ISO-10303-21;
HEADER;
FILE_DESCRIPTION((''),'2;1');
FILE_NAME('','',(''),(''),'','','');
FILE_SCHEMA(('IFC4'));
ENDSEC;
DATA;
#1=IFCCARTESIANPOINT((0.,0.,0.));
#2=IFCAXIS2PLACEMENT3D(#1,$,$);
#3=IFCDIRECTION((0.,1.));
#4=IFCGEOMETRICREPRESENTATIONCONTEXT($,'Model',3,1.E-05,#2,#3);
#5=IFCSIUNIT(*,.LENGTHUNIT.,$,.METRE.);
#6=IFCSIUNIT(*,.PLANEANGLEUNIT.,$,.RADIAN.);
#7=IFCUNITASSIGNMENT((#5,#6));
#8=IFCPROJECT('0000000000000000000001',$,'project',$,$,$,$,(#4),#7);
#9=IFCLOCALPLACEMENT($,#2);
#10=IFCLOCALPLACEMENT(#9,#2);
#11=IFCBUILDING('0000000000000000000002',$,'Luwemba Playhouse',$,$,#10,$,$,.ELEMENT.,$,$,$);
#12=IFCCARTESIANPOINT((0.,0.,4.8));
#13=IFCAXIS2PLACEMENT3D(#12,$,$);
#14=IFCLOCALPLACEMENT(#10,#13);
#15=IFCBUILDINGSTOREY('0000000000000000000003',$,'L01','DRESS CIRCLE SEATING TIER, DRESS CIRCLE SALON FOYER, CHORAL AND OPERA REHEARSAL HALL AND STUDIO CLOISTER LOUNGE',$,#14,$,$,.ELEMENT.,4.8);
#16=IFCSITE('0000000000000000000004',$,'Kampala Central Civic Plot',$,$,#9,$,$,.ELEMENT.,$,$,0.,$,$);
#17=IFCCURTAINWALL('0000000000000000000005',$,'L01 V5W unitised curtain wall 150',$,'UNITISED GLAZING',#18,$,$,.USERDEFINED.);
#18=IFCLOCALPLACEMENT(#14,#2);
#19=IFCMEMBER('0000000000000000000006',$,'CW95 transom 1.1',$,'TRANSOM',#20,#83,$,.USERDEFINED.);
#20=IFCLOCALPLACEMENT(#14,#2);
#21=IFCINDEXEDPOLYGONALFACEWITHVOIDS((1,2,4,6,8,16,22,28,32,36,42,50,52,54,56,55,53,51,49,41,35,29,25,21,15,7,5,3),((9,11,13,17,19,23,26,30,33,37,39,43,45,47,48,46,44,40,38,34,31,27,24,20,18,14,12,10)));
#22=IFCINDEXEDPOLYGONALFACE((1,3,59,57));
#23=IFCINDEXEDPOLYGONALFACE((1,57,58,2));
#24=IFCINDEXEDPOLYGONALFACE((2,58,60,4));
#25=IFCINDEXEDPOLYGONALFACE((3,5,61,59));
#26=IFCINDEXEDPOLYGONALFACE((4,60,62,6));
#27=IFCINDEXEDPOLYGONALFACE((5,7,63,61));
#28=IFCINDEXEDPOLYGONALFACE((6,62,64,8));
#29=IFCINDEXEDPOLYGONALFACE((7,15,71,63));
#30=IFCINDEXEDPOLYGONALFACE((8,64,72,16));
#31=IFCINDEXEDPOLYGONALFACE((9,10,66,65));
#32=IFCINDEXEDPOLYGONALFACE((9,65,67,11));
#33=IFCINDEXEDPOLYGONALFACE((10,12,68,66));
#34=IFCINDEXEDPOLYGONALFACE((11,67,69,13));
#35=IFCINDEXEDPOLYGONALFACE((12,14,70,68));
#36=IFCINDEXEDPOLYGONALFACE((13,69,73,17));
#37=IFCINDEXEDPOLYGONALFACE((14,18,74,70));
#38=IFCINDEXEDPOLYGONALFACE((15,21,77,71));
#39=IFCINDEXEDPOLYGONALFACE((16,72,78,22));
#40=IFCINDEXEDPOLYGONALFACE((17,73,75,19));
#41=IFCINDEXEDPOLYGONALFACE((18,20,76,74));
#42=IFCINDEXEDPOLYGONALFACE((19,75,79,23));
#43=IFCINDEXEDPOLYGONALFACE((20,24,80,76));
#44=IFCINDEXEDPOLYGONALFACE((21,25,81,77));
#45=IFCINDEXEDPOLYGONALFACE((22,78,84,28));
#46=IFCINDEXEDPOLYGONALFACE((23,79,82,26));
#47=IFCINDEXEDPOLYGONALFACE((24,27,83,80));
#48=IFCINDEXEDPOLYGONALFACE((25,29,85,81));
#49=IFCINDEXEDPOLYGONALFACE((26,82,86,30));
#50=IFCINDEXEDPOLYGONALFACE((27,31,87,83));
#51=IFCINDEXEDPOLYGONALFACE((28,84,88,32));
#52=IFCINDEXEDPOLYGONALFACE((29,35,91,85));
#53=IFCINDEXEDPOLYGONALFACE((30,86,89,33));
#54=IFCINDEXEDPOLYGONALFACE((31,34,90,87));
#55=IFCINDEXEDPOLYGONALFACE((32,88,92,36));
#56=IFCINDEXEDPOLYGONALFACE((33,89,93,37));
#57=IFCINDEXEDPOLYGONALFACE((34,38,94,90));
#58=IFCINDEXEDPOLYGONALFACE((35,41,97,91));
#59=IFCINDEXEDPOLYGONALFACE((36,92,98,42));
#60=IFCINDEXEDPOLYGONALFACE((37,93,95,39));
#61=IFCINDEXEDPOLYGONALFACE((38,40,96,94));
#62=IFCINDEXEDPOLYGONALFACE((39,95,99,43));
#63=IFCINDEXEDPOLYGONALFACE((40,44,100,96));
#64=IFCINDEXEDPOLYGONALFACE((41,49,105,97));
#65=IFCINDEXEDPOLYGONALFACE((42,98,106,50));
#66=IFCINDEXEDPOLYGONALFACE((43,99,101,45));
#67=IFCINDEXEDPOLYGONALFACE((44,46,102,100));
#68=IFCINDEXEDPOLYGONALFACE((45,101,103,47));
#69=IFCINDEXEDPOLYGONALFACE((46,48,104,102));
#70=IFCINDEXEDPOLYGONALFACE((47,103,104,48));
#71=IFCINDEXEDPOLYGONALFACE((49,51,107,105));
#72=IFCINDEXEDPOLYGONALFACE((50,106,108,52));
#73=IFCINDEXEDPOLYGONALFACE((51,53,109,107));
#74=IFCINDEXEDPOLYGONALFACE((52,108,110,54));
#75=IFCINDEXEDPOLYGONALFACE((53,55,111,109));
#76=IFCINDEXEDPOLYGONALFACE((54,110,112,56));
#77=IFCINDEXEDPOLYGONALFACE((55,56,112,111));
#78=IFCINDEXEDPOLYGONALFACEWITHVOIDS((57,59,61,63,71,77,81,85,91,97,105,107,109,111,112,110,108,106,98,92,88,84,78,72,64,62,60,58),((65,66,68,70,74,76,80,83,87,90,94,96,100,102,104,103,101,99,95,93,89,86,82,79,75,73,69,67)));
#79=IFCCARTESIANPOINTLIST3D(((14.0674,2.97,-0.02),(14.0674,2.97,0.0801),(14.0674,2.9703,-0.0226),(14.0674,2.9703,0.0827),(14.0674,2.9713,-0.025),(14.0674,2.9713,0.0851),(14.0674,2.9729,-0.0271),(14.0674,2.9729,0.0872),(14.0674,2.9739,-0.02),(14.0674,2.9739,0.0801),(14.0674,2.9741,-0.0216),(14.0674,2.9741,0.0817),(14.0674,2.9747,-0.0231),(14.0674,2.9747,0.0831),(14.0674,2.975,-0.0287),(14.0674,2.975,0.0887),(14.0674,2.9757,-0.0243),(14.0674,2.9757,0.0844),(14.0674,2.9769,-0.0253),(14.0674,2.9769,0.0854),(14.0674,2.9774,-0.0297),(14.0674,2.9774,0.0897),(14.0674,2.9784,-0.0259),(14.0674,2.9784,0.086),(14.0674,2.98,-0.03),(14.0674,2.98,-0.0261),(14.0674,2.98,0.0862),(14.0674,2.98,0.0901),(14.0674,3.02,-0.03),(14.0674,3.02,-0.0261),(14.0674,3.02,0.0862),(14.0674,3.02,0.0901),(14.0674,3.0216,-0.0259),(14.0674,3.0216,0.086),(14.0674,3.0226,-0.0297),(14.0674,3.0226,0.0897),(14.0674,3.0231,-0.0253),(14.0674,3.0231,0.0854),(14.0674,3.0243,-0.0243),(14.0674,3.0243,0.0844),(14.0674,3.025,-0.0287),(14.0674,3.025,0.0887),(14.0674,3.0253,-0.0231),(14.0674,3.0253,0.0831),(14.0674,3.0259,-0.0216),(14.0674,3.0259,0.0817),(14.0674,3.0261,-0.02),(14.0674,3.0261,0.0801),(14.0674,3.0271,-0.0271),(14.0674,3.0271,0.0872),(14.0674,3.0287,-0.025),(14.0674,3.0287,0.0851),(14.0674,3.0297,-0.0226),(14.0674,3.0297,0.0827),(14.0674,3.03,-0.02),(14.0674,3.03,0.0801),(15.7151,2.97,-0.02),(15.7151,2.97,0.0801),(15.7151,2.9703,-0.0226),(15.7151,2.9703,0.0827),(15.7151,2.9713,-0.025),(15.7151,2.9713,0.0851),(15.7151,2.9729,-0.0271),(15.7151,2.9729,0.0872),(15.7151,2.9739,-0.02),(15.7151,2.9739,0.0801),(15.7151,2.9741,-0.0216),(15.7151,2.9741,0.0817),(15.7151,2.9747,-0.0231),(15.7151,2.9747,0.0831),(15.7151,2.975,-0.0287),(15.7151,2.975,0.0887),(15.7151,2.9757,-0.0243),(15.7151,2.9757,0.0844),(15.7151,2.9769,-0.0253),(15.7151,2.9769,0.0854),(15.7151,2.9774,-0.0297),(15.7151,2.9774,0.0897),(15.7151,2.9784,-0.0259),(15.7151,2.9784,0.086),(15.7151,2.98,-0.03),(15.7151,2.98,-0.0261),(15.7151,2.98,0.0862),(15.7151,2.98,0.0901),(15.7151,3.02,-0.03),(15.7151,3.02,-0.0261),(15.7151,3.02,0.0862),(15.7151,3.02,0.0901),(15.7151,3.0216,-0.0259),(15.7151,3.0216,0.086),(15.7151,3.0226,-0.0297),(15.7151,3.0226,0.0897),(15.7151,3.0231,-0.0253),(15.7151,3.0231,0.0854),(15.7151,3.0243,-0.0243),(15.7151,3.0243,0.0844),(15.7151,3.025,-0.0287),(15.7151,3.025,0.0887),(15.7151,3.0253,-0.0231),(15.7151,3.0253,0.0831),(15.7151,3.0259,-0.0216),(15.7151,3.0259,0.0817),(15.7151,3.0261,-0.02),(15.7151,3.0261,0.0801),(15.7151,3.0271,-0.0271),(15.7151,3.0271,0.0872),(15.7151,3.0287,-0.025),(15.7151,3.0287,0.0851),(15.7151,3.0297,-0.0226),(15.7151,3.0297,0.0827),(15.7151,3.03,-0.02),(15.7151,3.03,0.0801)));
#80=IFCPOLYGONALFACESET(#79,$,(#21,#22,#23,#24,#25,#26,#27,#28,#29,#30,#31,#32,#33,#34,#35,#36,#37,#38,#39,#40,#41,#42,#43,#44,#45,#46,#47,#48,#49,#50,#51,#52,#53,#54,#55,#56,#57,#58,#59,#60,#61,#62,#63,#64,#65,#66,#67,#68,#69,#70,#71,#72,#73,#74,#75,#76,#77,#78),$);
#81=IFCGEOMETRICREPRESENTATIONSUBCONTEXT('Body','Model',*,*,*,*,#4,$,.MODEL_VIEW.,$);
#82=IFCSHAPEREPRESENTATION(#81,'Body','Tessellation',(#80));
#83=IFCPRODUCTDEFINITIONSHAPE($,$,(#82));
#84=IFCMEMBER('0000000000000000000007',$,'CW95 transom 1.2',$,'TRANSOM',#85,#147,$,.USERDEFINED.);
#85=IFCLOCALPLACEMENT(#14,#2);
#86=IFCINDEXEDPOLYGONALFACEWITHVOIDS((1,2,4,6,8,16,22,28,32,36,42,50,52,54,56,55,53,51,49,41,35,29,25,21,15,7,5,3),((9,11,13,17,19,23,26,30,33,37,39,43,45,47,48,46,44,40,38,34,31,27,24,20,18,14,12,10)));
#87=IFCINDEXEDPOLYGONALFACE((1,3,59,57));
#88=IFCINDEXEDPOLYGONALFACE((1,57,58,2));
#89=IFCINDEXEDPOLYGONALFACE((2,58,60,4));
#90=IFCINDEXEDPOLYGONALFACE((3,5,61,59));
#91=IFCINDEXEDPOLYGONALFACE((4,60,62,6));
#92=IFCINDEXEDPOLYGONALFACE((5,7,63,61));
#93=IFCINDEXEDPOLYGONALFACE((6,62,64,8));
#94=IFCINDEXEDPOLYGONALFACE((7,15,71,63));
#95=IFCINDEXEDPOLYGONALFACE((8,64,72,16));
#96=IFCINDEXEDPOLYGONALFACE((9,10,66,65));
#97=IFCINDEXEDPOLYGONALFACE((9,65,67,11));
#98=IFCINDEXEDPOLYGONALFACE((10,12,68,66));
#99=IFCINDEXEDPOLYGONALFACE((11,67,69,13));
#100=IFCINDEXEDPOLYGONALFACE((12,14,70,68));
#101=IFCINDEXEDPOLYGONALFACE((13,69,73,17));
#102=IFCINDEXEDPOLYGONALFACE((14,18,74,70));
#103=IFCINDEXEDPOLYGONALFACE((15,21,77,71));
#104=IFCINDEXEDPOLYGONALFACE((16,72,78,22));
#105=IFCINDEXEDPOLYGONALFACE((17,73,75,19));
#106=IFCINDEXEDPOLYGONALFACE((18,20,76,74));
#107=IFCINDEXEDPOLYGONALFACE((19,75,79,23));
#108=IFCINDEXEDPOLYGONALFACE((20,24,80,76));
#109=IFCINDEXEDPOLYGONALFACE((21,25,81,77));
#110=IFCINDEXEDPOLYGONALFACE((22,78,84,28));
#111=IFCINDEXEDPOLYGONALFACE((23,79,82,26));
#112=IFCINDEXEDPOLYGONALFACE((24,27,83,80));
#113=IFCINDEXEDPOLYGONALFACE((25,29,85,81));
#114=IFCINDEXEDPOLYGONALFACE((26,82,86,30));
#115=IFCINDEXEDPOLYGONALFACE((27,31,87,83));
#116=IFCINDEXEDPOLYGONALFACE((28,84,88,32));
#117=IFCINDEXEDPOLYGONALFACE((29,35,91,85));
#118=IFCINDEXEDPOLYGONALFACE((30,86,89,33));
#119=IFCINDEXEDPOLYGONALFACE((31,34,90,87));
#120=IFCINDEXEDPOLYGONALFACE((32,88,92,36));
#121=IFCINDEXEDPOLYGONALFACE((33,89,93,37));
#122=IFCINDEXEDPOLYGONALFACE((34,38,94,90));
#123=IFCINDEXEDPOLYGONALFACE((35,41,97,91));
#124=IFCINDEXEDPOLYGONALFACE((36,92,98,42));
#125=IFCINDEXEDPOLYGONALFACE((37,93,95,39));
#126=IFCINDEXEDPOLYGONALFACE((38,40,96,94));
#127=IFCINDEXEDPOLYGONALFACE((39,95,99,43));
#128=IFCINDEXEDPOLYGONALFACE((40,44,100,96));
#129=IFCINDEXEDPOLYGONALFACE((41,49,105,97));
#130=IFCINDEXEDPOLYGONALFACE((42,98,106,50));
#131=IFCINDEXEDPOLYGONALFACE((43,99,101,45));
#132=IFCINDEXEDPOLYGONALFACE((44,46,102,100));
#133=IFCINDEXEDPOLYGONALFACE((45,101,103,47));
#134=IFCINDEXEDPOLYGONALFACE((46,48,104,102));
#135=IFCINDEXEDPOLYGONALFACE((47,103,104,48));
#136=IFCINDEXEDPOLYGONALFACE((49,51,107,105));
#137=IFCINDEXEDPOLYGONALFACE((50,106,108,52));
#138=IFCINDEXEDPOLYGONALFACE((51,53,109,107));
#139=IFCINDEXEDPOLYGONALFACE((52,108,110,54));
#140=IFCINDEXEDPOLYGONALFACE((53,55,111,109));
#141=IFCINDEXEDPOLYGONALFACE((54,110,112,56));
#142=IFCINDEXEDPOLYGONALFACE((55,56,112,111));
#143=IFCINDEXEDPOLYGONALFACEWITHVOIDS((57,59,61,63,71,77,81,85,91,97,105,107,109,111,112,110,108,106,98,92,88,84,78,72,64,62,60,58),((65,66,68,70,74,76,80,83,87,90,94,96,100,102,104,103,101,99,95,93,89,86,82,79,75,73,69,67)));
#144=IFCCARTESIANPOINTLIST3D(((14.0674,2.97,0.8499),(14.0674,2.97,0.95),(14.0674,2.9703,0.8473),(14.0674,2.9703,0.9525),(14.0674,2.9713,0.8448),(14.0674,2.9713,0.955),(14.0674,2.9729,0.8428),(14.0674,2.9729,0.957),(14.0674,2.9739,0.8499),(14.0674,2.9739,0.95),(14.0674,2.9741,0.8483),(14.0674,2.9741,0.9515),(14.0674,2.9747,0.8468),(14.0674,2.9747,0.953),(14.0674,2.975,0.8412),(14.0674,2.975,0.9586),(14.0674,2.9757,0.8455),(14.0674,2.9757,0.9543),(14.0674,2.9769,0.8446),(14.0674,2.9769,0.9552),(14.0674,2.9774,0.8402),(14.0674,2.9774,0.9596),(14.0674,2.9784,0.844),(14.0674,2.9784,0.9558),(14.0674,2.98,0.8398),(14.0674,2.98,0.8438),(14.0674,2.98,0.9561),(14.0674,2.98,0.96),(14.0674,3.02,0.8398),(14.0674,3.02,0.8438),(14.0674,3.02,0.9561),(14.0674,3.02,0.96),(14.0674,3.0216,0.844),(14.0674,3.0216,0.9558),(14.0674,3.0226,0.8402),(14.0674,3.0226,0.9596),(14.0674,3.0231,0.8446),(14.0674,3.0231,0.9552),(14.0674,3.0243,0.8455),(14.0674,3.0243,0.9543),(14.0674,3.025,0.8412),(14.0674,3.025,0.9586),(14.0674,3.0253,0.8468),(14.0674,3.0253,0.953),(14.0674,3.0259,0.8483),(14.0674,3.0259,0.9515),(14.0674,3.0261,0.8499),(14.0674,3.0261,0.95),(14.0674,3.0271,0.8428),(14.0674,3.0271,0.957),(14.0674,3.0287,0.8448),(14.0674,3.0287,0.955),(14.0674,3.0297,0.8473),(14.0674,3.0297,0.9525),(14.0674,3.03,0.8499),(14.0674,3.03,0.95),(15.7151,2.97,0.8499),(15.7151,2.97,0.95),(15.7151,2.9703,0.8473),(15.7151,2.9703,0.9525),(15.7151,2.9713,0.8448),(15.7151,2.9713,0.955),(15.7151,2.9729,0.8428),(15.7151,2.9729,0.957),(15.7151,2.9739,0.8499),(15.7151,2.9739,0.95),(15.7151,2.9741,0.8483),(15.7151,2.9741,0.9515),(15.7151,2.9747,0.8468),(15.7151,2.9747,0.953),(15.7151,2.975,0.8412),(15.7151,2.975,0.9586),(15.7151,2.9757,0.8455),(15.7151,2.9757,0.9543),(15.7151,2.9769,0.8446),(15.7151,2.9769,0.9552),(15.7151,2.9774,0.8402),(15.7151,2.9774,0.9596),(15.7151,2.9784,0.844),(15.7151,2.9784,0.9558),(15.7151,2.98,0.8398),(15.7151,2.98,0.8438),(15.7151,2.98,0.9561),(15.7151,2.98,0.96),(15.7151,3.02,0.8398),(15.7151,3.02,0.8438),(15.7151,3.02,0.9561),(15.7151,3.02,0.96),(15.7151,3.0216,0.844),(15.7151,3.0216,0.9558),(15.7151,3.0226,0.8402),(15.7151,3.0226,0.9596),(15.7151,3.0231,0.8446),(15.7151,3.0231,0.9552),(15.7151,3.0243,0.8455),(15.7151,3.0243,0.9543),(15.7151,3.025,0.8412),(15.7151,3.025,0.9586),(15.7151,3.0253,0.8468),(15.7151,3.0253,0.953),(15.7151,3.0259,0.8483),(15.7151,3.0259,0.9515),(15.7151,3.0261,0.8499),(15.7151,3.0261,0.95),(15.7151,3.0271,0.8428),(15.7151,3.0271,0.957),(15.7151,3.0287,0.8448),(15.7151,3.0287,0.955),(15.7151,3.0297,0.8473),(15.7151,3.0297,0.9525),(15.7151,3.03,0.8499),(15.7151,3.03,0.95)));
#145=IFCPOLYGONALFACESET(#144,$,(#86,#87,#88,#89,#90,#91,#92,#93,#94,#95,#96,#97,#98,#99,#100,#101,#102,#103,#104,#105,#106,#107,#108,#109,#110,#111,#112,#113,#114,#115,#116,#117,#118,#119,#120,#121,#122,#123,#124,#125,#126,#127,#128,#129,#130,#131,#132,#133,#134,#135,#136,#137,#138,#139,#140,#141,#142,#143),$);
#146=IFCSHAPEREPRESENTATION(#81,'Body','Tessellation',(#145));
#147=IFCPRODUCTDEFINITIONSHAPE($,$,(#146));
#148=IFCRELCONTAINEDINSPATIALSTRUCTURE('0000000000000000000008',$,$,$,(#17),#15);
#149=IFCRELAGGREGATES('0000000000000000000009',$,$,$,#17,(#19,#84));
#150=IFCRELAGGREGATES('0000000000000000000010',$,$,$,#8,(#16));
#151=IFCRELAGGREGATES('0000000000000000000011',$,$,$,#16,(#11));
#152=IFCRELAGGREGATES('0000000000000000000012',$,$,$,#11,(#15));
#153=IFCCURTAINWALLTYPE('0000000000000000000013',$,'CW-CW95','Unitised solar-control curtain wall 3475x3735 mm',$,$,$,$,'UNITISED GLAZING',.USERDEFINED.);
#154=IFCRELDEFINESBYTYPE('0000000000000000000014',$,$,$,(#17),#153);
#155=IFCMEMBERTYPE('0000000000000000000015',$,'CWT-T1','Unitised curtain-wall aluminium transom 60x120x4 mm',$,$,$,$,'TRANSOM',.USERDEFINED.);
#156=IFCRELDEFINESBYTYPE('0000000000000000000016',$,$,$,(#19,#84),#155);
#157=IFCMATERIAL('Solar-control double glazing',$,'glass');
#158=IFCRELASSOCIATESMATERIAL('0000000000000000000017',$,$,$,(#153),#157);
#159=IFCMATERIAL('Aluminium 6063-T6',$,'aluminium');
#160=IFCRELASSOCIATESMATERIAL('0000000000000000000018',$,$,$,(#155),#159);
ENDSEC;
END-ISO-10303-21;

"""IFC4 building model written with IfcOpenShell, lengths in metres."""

from ifc_helpers import new_model, si_unit, direction, frame, origin, origin_2d, place, context, subcontext, project, spatial, hollow_rectangle, extrude, material, material_profile, profile_set, type_object, element, aggregate, save


model = new_model("IFC4")

# Units and contexts
model_context = context("Model", 3, precision=1e-05, world=origin(), true_north=direction((0.0, 1.0)))
body_context = subcontext(model_context, "Body", "Model", "MODEL_VIEW")
ifc_project = project(units=[si_unit("LENGTHUNIT", "METRE"), si_unit("PLANEANGLEUNIT", "RADIAN")], contexts=[model_context])

# Site, building, storey
site_placement = place(None, origin())
site = spatial("IfcSite", under=ifc_project, at=site_placement, Name="Kampala Central Civic Plot", CompositionType="ELEMENT", RefElevation=0.0)
building_placement = place(site_placement, origin())
building = spatial("IfcBuilding", under=site, at=building_placement, Name="Luwemba Playhouse", CompositionType="ELEMENT")
storey_placement = place(building_placement, frame((0.0, 0.0, 4.8)))
storey = spatial("IfcBuildingStorey", under=building, at=storey_placement, Name="L01", Description="DRESS CIRCLE SEATING TIER, DRESS CIRCLE SALON FOYER, CHORAL AND OPERA REHEARSAL HALL AND STUDIO CLOISTER LOUNGE", CompositionType="ELEMENT", Elevation=4.8)

# Curtain wall
ifc_material_1 = material(Name="Solar-control double glazing", Category="glass")
curtain_wall_type_1 = type_object("IfcCurtainWallType", Name="CW-CW95", Description="Unitised solar-control curtain wall 3475x3735 mm", ElementType="UNITISED GLAZING", PredefinedType="USERDEFINED", material=ifc_material_1)
curtain_wall_1_placement = place(storey_placement, origin())
curtain_wall_1 = element("IfcCurtainWall", 1, at=curtain_wall_1_placement, inside=storey, type_object=curtain_wall_type_1, Name="L01 V5W unitised curtain wall 150", ObjectType="UNITISED GLAZING", PredefinedType="USERDEFINED")
ifc_material_2 = material(Name="Aluminium 6063-T6", Category="aluminium")

# Members
ifc_material_profile_1 = material_profile(ifc_material_2, hollow_rectangle(XDim=0.0601, YDim=0.1201, WallThickness=0.0039, InnerFilletRadius=0.0061, OuterFilletRadius=0.01, at=origin_2d()))
ifc_profile_set_1 = profile_set([ifc_material_profile_1], Name="Aluminium 6063-T6")
member_type_1 = type_object("IfcMemberType", Name="CWT-T1", Description="Unitised curtain-wall aluminium transom 60x120x4 mm", ElementType="TRANSOM", PredefinedType="USERDEFINED", material=ifc_profile_set_1)
member_1_placement = place(storey_placement, frame((15.7151, 3.0, 0.03), z_axis=(-1.0, 0.0, 0.0), x_axis=(0.0, -1.0, 0.0)))
member_1 = element("IfcMember", 2, at=member_1_placement, type_object=member_type_1, Name="CW95 transom 1.1", ObjectType="TRANSOM", PredefinedType="USERDEFINED", context=body_context, shape_type="SweptSolid", body=[
    extrude(hollow_rectangle(XDim=0.0601, YDim=0.1201, WallThickness=0.0039, InnerFilletRadius=0.0061, OuterFilletRadius=0.01, at=origin_2d()), origin(), (0.0, 0.0, 1.0), 1.6477),
])
member_2_placement = place(storey_placement, frame((15.7151, 3.0, 0.8999), z_axis=(-1.0, 0.0, 0.0), x_axis=(0.0, -1.0, 0.0)))
member_2 = element("IfcMember", 3, at=member_2_placement, type_object=member_type_1, Name="CW95 transom 1.2", ObjectType="TRANSOM", PredefinedType="USERDEFINED", context=body_context, shape_type="SweptSolid", body=[
    extrude(hollow_rectangle(XDim=0.0601, YDim=0.1201, WallThickness=0.0039, InnerFilletRadius=0.0061, OuterFilletRadius=0.01, at=origin_2d()), origin(), (0.0, 0.0, 1.0), 1.6477),
])

aggregate(curtain_wall_1, [member_1, member_2])

save(model, "model.ifc")
